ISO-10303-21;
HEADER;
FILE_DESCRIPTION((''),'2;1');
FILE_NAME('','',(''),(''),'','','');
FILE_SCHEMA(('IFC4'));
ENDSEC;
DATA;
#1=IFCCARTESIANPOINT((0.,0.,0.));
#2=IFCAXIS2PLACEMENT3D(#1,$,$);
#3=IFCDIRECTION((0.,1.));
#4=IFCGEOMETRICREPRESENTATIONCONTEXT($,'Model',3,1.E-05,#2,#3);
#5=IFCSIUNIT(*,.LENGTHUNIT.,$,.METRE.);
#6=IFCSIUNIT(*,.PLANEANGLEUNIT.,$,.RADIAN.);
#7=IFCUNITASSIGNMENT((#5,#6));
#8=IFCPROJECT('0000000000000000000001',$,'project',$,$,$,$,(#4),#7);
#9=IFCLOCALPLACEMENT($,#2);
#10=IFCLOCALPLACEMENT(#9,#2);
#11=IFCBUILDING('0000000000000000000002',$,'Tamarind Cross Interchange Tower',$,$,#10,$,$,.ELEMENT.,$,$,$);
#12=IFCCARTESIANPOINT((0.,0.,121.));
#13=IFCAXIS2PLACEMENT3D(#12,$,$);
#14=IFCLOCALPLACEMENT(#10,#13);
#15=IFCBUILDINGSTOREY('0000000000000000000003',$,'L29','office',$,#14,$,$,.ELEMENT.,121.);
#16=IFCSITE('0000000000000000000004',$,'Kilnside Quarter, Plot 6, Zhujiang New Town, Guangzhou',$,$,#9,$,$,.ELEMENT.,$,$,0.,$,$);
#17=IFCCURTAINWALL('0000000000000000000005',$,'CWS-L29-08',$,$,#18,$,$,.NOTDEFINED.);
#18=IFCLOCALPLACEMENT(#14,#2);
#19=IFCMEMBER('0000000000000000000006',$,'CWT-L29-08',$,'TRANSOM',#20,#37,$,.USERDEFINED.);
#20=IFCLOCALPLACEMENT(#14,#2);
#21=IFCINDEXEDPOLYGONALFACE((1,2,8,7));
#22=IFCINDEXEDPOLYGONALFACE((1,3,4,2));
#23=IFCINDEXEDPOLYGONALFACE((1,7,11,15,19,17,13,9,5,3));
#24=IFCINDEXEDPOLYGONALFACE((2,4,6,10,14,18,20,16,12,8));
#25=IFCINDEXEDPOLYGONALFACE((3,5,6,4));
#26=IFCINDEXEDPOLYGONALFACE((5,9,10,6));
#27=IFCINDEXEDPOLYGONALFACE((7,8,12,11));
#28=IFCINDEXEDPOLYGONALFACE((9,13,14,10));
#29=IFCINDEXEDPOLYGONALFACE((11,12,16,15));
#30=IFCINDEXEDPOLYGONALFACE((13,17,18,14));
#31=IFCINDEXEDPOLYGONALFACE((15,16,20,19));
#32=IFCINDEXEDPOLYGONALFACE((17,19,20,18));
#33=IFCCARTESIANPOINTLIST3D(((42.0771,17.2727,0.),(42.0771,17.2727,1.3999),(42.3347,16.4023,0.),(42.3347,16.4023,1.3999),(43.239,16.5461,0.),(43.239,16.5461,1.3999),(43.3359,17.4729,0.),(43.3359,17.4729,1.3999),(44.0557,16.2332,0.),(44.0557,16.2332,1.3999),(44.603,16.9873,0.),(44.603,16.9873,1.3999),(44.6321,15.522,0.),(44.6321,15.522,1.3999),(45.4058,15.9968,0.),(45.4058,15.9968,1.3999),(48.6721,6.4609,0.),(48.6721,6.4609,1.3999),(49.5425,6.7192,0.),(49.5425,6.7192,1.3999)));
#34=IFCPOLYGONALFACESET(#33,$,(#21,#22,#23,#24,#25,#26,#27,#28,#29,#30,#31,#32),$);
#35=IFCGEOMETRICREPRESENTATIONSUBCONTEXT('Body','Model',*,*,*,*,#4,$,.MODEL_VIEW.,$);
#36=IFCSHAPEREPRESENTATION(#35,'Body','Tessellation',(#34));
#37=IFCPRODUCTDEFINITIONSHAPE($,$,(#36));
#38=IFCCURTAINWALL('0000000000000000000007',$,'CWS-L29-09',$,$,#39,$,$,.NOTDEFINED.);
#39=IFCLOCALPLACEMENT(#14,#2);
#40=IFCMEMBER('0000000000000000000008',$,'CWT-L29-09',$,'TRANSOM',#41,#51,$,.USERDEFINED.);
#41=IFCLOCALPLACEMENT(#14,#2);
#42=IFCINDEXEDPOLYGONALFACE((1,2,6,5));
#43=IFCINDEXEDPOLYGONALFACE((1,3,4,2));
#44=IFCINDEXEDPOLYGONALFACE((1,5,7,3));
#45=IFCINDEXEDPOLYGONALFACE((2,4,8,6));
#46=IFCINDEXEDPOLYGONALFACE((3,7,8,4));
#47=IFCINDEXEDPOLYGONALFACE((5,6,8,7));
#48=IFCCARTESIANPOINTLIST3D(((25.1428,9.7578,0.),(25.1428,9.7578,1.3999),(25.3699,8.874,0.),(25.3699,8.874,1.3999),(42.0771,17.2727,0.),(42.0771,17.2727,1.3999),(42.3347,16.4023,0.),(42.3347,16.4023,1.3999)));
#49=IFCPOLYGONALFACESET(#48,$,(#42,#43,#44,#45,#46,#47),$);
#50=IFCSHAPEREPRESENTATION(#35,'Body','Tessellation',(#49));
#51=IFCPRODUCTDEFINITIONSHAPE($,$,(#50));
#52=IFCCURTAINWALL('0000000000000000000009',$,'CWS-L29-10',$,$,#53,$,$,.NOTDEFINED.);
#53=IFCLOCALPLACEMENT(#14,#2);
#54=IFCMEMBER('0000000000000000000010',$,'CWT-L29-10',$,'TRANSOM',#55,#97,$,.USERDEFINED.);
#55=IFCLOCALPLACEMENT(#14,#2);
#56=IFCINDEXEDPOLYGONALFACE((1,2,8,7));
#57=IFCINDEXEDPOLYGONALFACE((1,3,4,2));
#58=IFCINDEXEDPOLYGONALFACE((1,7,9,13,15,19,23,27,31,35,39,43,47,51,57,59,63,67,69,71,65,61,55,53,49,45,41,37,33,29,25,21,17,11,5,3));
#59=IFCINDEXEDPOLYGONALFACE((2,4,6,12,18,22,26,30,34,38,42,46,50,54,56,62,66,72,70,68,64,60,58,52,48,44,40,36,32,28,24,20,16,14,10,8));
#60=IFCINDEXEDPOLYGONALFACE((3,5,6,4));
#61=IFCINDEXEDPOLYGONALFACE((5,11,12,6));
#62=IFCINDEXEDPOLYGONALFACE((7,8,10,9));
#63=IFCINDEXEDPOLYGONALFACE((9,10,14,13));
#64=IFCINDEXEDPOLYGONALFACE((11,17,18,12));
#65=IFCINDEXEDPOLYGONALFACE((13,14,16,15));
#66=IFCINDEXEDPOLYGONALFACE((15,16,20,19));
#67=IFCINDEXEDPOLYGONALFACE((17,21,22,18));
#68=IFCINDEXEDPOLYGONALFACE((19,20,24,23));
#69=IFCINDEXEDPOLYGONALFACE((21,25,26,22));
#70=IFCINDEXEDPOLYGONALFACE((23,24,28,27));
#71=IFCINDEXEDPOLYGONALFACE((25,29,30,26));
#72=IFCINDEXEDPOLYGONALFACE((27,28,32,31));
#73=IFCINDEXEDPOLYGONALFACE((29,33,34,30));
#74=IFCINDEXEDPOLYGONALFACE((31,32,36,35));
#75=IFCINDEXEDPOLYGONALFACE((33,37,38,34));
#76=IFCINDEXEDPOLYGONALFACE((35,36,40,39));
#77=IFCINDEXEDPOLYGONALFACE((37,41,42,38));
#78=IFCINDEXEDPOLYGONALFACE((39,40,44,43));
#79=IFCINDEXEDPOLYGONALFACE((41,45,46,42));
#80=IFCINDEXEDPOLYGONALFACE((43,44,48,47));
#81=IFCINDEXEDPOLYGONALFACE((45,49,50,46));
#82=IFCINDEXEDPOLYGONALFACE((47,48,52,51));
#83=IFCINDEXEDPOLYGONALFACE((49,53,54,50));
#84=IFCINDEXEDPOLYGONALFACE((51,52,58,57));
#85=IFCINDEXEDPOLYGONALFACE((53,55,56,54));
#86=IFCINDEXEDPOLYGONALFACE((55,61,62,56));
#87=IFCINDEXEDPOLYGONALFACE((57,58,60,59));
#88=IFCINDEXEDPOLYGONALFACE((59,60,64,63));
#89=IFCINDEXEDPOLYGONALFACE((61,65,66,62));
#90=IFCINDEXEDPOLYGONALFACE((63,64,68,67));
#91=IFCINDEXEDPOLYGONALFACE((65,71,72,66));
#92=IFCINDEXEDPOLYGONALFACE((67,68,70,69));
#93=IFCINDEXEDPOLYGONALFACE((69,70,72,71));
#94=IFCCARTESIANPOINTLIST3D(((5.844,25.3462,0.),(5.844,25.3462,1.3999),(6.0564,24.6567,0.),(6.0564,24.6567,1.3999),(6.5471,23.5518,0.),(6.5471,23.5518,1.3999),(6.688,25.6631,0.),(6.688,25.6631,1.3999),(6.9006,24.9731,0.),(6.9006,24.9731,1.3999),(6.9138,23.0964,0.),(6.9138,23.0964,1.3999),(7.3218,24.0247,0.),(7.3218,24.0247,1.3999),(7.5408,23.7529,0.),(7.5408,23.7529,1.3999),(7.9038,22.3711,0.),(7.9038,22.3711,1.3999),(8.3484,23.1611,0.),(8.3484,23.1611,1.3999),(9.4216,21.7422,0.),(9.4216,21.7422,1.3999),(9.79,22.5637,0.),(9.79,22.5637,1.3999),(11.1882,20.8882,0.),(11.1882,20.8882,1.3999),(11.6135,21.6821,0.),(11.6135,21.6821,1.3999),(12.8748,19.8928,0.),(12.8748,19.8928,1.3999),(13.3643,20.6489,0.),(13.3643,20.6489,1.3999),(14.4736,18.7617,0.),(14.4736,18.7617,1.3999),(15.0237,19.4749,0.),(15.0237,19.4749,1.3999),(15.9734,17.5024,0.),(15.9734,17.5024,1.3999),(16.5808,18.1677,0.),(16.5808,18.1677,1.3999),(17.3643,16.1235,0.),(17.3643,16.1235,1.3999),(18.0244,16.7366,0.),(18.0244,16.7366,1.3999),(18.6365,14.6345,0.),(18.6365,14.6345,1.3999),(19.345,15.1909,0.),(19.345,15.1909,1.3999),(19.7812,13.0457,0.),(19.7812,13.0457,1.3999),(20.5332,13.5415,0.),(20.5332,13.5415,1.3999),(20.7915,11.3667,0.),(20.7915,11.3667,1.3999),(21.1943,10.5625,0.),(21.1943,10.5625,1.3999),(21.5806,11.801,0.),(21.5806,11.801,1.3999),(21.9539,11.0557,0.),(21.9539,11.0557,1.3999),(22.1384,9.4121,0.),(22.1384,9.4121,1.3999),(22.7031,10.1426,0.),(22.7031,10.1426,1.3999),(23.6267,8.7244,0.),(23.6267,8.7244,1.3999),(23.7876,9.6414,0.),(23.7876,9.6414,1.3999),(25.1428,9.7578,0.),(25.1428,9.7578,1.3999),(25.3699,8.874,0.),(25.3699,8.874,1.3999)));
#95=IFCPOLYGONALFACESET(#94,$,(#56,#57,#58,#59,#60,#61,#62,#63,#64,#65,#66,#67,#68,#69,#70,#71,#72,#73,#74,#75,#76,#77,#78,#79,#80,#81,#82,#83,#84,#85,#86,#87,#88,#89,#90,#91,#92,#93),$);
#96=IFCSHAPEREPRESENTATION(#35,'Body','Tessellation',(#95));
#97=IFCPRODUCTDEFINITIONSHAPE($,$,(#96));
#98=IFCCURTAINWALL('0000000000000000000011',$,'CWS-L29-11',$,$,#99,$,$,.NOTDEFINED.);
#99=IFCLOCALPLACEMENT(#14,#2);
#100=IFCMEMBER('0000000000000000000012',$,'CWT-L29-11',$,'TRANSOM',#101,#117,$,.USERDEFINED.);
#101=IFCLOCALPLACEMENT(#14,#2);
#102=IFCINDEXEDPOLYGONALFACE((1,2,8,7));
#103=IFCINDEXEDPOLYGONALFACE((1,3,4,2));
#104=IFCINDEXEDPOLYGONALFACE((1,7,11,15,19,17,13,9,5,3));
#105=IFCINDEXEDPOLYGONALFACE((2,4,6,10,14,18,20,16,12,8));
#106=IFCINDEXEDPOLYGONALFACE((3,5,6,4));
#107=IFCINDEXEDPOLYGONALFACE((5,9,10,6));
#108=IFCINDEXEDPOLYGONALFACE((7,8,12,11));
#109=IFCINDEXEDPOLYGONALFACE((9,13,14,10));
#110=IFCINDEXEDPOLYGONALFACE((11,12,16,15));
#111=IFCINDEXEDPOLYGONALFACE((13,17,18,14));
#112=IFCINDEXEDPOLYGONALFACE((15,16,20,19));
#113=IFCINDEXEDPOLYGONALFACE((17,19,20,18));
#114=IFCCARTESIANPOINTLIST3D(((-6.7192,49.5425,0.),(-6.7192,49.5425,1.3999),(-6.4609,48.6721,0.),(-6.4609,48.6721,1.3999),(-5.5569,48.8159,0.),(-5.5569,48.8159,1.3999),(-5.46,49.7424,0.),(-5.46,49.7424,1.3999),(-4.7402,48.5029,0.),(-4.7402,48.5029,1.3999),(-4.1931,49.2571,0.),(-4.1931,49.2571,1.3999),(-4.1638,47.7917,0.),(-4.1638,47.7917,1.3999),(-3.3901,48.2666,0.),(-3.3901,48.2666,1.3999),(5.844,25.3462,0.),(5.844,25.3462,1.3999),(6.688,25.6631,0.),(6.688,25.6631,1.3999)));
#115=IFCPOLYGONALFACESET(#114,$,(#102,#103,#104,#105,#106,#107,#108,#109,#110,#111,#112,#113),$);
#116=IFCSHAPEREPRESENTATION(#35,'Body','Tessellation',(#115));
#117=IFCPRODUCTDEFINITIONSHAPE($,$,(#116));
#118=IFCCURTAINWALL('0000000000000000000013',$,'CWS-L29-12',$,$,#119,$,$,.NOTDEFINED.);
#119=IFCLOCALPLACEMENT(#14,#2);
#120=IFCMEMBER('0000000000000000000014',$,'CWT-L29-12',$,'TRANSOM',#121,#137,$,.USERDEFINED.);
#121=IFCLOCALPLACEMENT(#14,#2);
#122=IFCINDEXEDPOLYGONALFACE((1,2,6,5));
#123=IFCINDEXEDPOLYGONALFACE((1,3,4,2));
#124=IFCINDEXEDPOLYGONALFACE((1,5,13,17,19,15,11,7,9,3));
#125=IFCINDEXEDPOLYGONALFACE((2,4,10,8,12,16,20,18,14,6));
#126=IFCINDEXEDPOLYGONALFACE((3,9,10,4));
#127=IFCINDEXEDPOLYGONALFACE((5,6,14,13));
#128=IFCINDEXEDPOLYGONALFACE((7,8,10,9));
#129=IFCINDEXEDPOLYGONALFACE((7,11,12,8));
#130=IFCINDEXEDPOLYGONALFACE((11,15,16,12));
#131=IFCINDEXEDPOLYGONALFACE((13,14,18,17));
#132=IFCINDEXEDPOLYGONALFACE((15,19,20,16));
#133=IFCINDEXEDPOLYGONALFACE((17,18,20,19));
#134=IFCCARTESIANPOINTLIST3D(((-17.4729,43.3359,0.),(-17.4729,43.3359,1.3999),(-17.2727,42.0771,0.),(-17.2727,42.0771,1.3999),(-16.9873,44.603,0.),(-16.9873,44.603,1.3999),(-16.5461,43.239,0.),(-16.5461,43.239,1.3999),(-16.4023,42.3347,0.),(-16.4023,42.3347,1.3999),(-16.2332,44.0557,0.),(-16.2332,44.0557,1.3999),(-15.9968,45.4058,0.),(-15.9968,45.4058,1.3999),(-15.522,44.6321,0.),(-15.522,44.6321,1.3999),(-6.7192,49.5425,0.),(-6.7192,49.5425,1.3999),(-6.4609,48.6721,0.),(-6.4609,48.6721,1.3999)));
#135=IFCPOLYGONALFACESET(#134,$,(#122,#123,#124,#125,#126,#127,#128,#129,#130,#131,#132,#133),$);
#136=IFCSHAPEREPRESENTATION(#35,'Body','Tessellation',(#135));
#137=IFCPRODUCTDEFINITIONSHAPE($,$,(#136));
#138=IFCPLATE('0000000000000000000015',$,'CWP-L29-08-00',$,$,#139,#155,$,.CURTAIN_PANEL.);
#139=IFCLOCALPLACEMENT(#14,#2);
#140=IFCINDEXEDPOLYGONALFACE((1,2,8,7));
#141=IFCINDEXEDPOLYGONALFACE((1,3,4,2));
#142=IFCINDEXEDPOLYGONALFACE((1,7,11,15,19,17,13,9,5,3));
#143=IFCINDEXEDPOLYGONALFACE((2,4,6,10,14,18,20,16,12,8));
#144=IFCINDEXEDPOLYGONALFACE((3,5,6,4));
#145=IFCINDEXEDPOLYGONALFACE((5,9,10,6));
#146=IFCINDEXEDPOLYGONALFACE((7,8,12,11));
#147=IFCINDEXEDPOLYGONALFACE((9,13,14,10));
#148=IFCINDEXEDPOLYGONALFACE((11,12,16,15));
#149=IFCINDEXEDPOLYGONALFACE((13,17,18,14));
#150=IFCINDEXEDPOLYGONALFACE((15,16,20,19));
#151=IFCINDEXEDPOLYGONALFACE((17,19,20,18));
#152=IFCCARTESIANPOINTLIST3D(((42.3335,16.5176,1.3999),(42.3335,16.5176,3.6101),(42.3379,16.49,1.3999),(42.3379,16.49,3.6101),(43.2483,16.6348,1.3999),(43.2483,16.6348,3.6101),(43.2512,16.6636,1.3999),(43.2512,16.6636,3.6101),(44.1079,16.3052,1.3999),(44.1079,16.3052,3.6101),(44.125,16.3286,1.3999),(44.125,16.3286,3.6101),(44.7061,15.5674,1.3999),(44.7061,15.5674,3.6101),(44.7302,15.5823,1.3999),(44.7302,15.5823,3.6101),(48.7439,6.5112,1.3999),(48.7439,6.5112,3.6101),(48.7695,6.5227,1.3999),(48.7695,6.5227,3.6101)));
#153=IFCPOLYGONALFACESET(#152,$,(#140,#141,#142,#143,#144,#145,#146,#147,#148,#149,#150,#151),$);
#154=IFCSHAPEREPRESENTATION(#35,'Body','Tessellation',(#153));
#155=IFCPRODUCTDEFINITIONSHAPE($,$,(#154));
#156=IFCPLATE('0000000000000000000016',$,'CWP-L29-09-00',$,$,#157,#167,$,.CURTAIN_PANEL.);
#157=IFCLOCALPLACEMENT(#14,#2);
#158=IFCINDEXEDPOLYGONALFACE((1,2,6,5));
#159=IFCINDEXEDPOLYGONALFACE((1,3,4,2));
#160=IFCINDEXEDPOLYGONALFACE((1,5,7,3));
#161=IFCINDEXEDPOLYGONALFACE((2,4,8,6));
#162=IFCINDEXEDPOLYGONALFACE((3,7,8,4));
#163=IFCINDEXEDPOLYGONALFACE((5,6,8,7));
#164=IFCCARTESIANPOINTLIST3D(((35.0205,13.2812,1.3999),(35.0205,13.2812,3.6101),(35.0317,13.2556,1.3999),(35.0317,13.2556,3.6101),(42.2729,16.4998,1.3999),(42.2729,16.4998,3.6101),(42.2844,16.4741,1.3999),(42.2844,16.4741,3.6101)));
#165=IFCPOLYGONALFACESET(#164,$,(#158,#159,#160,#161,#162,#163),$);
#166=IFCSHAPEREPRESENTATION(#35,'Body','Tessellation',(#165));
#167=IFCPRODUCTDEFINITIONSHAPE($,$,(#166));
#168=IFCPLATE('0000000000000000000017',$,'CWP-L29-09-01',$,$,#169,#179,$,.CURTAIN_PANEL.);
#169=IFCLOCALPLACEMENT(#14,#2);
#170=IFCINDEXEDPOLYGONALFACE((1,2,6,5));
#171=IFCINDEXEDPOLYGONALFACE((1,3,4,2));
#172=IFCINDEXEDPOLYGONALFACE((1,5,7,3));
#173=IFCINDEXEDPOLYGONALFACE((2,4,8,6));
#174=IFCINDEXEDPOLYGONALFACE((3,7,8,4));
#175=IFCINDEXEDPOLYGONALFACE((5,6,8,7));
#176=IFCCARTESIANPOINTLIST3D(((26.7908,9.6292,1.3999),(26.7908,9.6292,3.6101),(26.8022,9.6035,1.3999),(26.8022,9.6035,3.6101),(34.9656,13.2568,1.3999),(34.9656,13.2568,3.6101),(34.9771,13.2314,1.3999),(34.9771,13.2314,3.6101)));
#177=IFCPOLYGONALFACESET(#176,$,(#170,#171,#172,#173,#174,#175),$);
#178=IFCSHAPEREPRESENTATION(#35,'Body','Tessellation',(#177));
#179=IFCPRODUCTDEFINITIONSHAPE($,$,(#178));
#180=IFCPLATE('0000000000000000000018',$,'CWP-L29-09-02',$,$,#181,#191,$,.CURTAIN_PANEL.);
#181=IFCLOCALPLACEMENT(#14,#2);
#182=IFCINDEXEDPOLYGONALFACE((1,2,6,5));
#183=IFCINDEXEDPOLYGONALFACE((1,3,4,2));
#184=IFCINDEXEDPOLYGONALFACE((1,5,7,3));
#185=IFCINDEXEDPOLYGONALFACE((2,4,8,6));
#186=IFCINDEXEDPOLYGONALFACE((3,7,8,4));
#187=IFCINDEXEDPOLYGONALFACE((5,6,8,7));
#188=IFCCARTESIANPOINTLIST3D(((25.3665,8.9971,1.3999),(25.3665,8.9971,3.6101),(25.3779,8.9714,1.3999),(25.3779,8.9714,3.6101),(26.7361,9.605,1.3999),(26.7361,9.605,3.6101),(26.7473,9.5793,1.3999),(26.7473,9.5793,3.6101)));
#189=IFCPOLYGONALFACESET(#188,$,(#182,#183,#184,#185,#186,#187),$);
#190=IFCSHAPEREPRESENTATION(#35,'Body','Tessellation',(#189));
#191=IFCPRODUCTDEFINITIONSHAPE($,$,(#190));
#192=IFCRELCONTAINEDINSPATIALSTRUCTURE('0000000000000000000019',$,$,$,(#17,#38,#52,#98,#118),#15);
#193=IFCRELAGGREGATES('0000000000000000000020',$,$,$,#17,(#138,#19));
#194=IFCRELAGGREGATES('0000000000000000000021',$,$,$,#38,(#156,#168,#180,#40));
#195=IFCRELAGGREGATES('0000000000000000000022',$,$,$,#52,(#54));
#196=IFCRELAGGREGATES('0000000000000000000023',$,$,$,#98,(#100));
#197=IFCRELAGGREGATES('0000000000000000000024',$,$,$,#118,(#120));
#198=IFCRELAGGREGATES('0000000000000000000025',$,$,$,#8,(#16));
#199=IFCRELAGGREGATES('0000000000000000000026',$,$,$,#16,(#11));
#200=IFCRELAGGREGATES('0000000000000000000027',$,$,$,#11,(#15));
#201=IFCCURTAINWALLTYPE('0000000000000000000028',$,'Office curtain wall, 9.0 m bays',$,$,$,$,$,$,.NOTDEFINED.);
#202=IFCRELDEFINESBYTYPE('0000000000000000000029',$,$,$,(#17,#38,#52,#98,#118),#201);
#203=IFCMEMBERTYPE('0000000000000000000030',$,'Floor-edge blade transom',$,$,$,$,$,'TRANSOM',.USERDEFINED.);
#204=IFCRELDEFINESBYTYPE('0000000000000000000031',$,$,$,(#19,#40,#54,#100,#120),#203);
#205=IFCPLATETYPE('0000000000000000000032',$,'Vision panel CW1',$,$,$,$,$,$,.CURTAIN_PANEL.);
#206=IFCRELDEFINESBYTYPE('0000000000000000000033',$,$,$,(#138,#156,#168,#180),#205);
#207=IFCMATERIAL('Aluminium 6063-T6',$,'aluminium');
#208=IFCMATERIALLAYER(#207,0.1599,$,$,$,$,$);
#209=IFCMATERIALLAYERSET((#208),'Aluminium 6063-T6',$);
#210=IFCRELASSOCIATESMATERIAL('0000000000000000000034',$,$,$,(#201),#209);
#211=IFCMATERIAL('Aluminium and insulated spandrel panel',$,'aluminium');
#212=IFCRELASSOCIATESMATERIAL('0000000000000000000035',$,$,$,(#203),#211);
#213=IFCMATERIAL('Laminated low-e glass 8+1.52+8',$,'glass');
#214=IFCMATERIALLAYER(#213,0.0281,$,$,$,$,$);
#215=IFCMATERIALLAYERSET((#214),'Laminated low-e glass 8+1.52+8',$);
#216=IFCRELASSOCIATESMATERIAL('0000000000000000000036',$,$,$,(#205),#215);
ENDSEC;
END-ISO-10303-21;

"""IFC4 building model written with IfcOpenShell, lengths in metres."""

from ifc_helpers import new_model, si_unit, direction, frame, origin, place, context, subcontext, project, spatial, polyline, outline, extrude, material, layer, layer_set, type_object, element, aggregate, save


model = new_model("IFC4")

# Units and contexts
model_context = context("Model", 3, precision=1e-05, world=origin(), true_north=direction((0.0, 1.0)))
body_context = subcontext(model_context, "Body", "Model", "MODEL_VIEW")
ifc_project = project(units=[si_unit("LENGTHUNIT", "METRE"), si_unit("PLANEANGLEUNIT", "RADIAN")], contexts=[model_context])

# Site, building, storey
site_placement = place(None, origin())
site = spatial("IfcSite", under=ifc_project, at=site_placement, Name="Kilnside Quarter, Plot 6, Zhujiang New Town, Guangzhou", CompositionType="ELEMENT", RefElevation=0.0)
building_placement = place(site_placement, origin())
building = spatial("IfcBuilding", under=site, at=building_placement, Name="Tamarind Cross Interchange Tower", CompositionType="ELEMENT")
storey_placement = place(building_placement, frame((0.0, 0.0, 121.0)))
storey = spatial("IfcBuildingStorey", under=building, at=storey_placement, Name="L29", Description="office", CompositionType="ELEMENT", Elevation=121.0)

# Curtain walls, members
ifc_material_1 = material(Name="Aluminium 6063-T6", Category="aluminium")
ifc_layer_1 = layer(ifc_material_1, 0.1599)
ifc_layer_set_1 = layer_set([ifc_layer_1], Name="Aluminium 6063-T6")
curtain_wall_type = type_object("IfcCurtainWallType", Name="Office curtain wall, 9.0 m bays", PredefinedType="NOTDEFINED", material=ifc_layer_set_1)
curtain_wall_1_placement = place(storey_placement, origin())
curtain_wall_1 = element("IfcCurtainWall", 1, at=curtain_wall_1_placement, inside=storey, type_object=curtain_wall_type, Name="CWS-L29-08", PredefinedType="NOTDEFINED")
ifc_material_2 = material(Name="Aluminium and insulated spandrel panel", Category="aluminium")
member_type = type_object("IfcMemberType", Name="Floor-edge blade transom", ElementType="TRANSOM", PredefinedType="USERDEFINED", material=ifc_material_2)
member_1_placement = place(storey_placement, origin())
member_1 = element("IfcMember", 2, at=member_1_placement, type_object=member_type, Name="CWT-L29-08", ObjectType="TRANSOM", PredefinedType="USERDEFINED", context=body_context, shape_type="SweptSolid", body=[
    extrude(outline(polyline([(48.6721, 6.4609), (44.6321, 15.522), (44.0557, 16.2332), (43.239, 16.5461), (42.3347, 16.4023), (42.0771, 17.2727), (43.3359, 17.4729), (44.603, 16.9873), (45.4058, 15.9968), (49.5425, 6.7192), (48.6721, 6.4609)])), origin(), (0.0, 0.0, 1.0), 1.3999),
])
curtain_wall_2_placement = place(storey_placement, origin())
curtain_wall_2 = element("IfcCurtainWall", 3, at=curtain_wall_2_placement, inside=storey, type_object=curtain_wall_type, Name="CWS-L29-09", PredefinedType="NOTDEFINED")
member_2_placement = place(storey_placement, origin())
member_2 = element("IfcMember", 4, at=member_2_placement, type_object=member_type, Name="CWT-L29-09", ObjectType="TRANSOM", PredefinedType="USERDEFINED", context=body_context, shape_type="SweptSolid", body=[
    extrude(outline(polyline([(42.3347, 16.4023), (25.3699, 8.874), (25.1428, 9.7578), (42.0771, 17.2727), (42.3347, 16.4023)])), origin(), (0.0, 0.0, 1.0), 1.3999),
])
curtain_wall_3_placement = place(storey_placement, origin())
curtain_wall_3 = element("IfcCurtainWall", 5, at=curtain_wall_3_placement, inside=storey, type_object=curtain_wall_type, Name="CWS-L29-10", PredefinedType="NOTDEFINED")
member_3_placement = place(storey_placement, origin())
member_3 = element("IfcMember", 6, at=member_3_placement, type_object=member_type, Name="CWT-L29-10", ObjectType="TRANSOM", PredefinedType="USERDEFINED", context=body_context, shape_type="SweptSolid", body=[
    extrude(outline(polyline([(25.3699, 8.874), (23.6267, 8.7244), (22.1384, 9.4121), (21.1943, 10.5625), (20.7915, 11.3667), (19.7812, 13.0457), (18.6365, 14.6345), (17.3643, 16.1235), (15.9734, 17.5024), (14.4736, 18.7617), (12.8748, 19.8928), (11.1882, 20.8882), (9.4216, 21.7422), (7.9038, 22.3711), (6.9138, 23.0964), (6.5471, 23.5518), (6.0564, 24.6567), (5.844, 25.3462), (6.688, 25.6631), (6.9006, 24.9731), (7.3218, 24.0247), (7.5408, 23.7529), (8.3484, 23.1611), (9.79, 22.5637), (11.6135, 21.6821), (13.3643, 20.6489), (15.0237, 19.4749), (16.5808, 18.1677), (18.0244, 16.7366), (19.345, 15.1909), (20.5332, 13.5415), (21.5806, 11.801), (21.9539, 11.0557), (22.7031, 10.1426), (23.7876, 9.6414), (25.1428, 9.7578), (25.3699, 8.874)])), origin(), (0.0, 0.0, 1.0), 1.3999),
])
curtain_wall_4_placement = place(storey_placement, origin())
curtain_wall_4 = element("IfcCurtainWall", 7, at=curtain_wall_4_placement, inside=storey, type_object=curtain_wall_type, Name="CWS-L29-11", PredefinedType="NOTDEFINED")
member_4_placement = place(storey_placement, origin())
member_4 = element("IfcMember", 8, at=member_4_placement, type_object=member_type, Name="CWT-L29-11", ObjectType="TRANSOM", PredefinedType="USERDEFINED", context=body_context, shape_type="SweptSolid", body=[
    extrude(outline(polyline([(5.844, 25.3462), (-4.1638, 47.7917), (-4.7402, 48.5029), (-5.5569, 48.8159), (-6.4609, 48.6721), (-6.7192, 49.5425), (-5.46, 49.7424), (-4.1931, 49.2571), (-3.3901, 48.2666), (6.688, 25.6631), (5.844, 25.3462)])), origin(), (0.0, 0.0, 1.0), 1.3999),
])
curtain_wall_5_placement = place(storey_placement, origin())
curtain_wall_5 = element("IfcCurtainWall", 9, at=curtain_wall_5_placement, inside=storey, type_object=curtain_wall_type, Name="CWS-L29-12", PredefinedType="NOTDEFINED")
member_5_placement = place(storey_placement, origin())
member_5 = element("IfcMember", 10, at=member_5_placement, type_object=member_type, Name="CWT-L29-12", ObjectType="TRANSOM", PredefinedType="USERDEFINED", context=body_context, shape_type="SweptSolid", body=[
    extrude(outline(polyline([(-6.4609, 48.6721), (-15.522, 44.6321), (-16.2332, 44.0557), (-16.5461, 43.239), (-16.4023, 42.3347), (-17.2727, 42.0771), (-17.4729, 43.3359), (-16.9873, 44.603), (-15.9968, 45.4058), (-6.7192, 49.5425), (-6.4609, 48.6721)])), origin(), (0.0, 0.0, 1.0), 1.3999),
])

# Plates
ifc_material_3 = material(Name="Laminated low-e glass 8+1.52+8", Category="glass")
ifc_layer_2 = layer(ifc_material_3, 0.0281)
ifc_layer_set_2 = layer_set([ifc_layer_2], Name="Laminated low-e glass 8+1.52+8")
plate_type = type_object("IfcPlateType", Name="Vision panel CW1", PredefinedType="CURTAIN_PANEL", material=ifc_layer_set_2)
plate_1_placement = place(storey_placement, frame((0.0, 0.0, 1.3999)))
plate_1 = element("IfcPlate", 11, at=plate_1_placement, type_object=plate_type, Name="CWP-L29-08-00", PredefinedType="CURTAIN_PANEL", context=body_context, shape_type="SweptSolid", body=[
    extrude(outline(polyline([(48.7439, 6.5112), (44.7061, 15.5674), (44.1079, 16.3052), (43.2483, 16.6348), (42.3379, 16.49), (42.3335, 16.5176), (43.2512, 16.6636), (44.125, 16.3286), (44.7302, 15.5823), (48.7695, 6.5227), (48.7439, 6.5112)])), origin(), (0.0, 0.0, 1.0), 2.2102),
])
aggregate(curtain_wall_1, [plate_1, member_1])
plate_2_placement = place(storey_placement, frame((0.0, 0.0, 1.3999)))
plate_2 = element("IfcPlate", 12, at=plate_2_placement, type_object=plate_type, Name="CWP-L29-09-00", PredefinedType="CURTAIN_PANEL", context=body_context, shape_type="SweptSolid", body=[
    extrude(outline(polyline([(42.2844, 16.4741), (35.0317, 13.2556), (35.0205, 13.2812), (42.2729, 16.4998), (42.2844, 16.4741)])), origin(), (0.0, 0.0, 1.0), 2.2102),
])
plate_3_placement = place(storey_placement, frame((0.0, 0.0, 1.3999)))
plate_3 = element("IfcPlate", 13, at=plate_3_placement, type_object=plate_type, Name="CWP-L29-09-01", PredefinedType="CURTAIN_PANEL", context=body_context, shape_type="SweptSolid", body=[
    extrude(outline(polyline([(34.9771, 13.2314), (26.8022, 9.6035), (26.7908, 9.6292), (34.9656, 13.2568), (34.9771, 13.2314)])), origin(), (0.0, 0.0, 1.0), 2.2102),
])
plate_4_placement = place(storey_placement, frame((0.0, 0.0, 1.3999)))
plate_4 = element("IfcPlate", 14, at=plate_4_placement, type_object=plate_type, Name="CWP-L29-09-02", PredefinedType="CURTAIN_PANEL", context=body_context, shape_type="SweptSolid", body=[
    extrude(outline(polyline([(26.7473, 9.5793), (25.3779, 8.9714), (25.3665, 8.9971), (26.7361, 9.605), (26.7473, 9.5793)])), origin(), (0.0, 0.0, 1.0), 2.2102),
])
aggregate(curtain_wall_2, [plate_2, plate_3, plate_4, member_2])
aggregate(curtain_wall_3, [member_3])
aggregate(curtain_wall_4, [member_4])
aggregate(curtain_wall_5, [member_5])

save(model, "model.ifc")
